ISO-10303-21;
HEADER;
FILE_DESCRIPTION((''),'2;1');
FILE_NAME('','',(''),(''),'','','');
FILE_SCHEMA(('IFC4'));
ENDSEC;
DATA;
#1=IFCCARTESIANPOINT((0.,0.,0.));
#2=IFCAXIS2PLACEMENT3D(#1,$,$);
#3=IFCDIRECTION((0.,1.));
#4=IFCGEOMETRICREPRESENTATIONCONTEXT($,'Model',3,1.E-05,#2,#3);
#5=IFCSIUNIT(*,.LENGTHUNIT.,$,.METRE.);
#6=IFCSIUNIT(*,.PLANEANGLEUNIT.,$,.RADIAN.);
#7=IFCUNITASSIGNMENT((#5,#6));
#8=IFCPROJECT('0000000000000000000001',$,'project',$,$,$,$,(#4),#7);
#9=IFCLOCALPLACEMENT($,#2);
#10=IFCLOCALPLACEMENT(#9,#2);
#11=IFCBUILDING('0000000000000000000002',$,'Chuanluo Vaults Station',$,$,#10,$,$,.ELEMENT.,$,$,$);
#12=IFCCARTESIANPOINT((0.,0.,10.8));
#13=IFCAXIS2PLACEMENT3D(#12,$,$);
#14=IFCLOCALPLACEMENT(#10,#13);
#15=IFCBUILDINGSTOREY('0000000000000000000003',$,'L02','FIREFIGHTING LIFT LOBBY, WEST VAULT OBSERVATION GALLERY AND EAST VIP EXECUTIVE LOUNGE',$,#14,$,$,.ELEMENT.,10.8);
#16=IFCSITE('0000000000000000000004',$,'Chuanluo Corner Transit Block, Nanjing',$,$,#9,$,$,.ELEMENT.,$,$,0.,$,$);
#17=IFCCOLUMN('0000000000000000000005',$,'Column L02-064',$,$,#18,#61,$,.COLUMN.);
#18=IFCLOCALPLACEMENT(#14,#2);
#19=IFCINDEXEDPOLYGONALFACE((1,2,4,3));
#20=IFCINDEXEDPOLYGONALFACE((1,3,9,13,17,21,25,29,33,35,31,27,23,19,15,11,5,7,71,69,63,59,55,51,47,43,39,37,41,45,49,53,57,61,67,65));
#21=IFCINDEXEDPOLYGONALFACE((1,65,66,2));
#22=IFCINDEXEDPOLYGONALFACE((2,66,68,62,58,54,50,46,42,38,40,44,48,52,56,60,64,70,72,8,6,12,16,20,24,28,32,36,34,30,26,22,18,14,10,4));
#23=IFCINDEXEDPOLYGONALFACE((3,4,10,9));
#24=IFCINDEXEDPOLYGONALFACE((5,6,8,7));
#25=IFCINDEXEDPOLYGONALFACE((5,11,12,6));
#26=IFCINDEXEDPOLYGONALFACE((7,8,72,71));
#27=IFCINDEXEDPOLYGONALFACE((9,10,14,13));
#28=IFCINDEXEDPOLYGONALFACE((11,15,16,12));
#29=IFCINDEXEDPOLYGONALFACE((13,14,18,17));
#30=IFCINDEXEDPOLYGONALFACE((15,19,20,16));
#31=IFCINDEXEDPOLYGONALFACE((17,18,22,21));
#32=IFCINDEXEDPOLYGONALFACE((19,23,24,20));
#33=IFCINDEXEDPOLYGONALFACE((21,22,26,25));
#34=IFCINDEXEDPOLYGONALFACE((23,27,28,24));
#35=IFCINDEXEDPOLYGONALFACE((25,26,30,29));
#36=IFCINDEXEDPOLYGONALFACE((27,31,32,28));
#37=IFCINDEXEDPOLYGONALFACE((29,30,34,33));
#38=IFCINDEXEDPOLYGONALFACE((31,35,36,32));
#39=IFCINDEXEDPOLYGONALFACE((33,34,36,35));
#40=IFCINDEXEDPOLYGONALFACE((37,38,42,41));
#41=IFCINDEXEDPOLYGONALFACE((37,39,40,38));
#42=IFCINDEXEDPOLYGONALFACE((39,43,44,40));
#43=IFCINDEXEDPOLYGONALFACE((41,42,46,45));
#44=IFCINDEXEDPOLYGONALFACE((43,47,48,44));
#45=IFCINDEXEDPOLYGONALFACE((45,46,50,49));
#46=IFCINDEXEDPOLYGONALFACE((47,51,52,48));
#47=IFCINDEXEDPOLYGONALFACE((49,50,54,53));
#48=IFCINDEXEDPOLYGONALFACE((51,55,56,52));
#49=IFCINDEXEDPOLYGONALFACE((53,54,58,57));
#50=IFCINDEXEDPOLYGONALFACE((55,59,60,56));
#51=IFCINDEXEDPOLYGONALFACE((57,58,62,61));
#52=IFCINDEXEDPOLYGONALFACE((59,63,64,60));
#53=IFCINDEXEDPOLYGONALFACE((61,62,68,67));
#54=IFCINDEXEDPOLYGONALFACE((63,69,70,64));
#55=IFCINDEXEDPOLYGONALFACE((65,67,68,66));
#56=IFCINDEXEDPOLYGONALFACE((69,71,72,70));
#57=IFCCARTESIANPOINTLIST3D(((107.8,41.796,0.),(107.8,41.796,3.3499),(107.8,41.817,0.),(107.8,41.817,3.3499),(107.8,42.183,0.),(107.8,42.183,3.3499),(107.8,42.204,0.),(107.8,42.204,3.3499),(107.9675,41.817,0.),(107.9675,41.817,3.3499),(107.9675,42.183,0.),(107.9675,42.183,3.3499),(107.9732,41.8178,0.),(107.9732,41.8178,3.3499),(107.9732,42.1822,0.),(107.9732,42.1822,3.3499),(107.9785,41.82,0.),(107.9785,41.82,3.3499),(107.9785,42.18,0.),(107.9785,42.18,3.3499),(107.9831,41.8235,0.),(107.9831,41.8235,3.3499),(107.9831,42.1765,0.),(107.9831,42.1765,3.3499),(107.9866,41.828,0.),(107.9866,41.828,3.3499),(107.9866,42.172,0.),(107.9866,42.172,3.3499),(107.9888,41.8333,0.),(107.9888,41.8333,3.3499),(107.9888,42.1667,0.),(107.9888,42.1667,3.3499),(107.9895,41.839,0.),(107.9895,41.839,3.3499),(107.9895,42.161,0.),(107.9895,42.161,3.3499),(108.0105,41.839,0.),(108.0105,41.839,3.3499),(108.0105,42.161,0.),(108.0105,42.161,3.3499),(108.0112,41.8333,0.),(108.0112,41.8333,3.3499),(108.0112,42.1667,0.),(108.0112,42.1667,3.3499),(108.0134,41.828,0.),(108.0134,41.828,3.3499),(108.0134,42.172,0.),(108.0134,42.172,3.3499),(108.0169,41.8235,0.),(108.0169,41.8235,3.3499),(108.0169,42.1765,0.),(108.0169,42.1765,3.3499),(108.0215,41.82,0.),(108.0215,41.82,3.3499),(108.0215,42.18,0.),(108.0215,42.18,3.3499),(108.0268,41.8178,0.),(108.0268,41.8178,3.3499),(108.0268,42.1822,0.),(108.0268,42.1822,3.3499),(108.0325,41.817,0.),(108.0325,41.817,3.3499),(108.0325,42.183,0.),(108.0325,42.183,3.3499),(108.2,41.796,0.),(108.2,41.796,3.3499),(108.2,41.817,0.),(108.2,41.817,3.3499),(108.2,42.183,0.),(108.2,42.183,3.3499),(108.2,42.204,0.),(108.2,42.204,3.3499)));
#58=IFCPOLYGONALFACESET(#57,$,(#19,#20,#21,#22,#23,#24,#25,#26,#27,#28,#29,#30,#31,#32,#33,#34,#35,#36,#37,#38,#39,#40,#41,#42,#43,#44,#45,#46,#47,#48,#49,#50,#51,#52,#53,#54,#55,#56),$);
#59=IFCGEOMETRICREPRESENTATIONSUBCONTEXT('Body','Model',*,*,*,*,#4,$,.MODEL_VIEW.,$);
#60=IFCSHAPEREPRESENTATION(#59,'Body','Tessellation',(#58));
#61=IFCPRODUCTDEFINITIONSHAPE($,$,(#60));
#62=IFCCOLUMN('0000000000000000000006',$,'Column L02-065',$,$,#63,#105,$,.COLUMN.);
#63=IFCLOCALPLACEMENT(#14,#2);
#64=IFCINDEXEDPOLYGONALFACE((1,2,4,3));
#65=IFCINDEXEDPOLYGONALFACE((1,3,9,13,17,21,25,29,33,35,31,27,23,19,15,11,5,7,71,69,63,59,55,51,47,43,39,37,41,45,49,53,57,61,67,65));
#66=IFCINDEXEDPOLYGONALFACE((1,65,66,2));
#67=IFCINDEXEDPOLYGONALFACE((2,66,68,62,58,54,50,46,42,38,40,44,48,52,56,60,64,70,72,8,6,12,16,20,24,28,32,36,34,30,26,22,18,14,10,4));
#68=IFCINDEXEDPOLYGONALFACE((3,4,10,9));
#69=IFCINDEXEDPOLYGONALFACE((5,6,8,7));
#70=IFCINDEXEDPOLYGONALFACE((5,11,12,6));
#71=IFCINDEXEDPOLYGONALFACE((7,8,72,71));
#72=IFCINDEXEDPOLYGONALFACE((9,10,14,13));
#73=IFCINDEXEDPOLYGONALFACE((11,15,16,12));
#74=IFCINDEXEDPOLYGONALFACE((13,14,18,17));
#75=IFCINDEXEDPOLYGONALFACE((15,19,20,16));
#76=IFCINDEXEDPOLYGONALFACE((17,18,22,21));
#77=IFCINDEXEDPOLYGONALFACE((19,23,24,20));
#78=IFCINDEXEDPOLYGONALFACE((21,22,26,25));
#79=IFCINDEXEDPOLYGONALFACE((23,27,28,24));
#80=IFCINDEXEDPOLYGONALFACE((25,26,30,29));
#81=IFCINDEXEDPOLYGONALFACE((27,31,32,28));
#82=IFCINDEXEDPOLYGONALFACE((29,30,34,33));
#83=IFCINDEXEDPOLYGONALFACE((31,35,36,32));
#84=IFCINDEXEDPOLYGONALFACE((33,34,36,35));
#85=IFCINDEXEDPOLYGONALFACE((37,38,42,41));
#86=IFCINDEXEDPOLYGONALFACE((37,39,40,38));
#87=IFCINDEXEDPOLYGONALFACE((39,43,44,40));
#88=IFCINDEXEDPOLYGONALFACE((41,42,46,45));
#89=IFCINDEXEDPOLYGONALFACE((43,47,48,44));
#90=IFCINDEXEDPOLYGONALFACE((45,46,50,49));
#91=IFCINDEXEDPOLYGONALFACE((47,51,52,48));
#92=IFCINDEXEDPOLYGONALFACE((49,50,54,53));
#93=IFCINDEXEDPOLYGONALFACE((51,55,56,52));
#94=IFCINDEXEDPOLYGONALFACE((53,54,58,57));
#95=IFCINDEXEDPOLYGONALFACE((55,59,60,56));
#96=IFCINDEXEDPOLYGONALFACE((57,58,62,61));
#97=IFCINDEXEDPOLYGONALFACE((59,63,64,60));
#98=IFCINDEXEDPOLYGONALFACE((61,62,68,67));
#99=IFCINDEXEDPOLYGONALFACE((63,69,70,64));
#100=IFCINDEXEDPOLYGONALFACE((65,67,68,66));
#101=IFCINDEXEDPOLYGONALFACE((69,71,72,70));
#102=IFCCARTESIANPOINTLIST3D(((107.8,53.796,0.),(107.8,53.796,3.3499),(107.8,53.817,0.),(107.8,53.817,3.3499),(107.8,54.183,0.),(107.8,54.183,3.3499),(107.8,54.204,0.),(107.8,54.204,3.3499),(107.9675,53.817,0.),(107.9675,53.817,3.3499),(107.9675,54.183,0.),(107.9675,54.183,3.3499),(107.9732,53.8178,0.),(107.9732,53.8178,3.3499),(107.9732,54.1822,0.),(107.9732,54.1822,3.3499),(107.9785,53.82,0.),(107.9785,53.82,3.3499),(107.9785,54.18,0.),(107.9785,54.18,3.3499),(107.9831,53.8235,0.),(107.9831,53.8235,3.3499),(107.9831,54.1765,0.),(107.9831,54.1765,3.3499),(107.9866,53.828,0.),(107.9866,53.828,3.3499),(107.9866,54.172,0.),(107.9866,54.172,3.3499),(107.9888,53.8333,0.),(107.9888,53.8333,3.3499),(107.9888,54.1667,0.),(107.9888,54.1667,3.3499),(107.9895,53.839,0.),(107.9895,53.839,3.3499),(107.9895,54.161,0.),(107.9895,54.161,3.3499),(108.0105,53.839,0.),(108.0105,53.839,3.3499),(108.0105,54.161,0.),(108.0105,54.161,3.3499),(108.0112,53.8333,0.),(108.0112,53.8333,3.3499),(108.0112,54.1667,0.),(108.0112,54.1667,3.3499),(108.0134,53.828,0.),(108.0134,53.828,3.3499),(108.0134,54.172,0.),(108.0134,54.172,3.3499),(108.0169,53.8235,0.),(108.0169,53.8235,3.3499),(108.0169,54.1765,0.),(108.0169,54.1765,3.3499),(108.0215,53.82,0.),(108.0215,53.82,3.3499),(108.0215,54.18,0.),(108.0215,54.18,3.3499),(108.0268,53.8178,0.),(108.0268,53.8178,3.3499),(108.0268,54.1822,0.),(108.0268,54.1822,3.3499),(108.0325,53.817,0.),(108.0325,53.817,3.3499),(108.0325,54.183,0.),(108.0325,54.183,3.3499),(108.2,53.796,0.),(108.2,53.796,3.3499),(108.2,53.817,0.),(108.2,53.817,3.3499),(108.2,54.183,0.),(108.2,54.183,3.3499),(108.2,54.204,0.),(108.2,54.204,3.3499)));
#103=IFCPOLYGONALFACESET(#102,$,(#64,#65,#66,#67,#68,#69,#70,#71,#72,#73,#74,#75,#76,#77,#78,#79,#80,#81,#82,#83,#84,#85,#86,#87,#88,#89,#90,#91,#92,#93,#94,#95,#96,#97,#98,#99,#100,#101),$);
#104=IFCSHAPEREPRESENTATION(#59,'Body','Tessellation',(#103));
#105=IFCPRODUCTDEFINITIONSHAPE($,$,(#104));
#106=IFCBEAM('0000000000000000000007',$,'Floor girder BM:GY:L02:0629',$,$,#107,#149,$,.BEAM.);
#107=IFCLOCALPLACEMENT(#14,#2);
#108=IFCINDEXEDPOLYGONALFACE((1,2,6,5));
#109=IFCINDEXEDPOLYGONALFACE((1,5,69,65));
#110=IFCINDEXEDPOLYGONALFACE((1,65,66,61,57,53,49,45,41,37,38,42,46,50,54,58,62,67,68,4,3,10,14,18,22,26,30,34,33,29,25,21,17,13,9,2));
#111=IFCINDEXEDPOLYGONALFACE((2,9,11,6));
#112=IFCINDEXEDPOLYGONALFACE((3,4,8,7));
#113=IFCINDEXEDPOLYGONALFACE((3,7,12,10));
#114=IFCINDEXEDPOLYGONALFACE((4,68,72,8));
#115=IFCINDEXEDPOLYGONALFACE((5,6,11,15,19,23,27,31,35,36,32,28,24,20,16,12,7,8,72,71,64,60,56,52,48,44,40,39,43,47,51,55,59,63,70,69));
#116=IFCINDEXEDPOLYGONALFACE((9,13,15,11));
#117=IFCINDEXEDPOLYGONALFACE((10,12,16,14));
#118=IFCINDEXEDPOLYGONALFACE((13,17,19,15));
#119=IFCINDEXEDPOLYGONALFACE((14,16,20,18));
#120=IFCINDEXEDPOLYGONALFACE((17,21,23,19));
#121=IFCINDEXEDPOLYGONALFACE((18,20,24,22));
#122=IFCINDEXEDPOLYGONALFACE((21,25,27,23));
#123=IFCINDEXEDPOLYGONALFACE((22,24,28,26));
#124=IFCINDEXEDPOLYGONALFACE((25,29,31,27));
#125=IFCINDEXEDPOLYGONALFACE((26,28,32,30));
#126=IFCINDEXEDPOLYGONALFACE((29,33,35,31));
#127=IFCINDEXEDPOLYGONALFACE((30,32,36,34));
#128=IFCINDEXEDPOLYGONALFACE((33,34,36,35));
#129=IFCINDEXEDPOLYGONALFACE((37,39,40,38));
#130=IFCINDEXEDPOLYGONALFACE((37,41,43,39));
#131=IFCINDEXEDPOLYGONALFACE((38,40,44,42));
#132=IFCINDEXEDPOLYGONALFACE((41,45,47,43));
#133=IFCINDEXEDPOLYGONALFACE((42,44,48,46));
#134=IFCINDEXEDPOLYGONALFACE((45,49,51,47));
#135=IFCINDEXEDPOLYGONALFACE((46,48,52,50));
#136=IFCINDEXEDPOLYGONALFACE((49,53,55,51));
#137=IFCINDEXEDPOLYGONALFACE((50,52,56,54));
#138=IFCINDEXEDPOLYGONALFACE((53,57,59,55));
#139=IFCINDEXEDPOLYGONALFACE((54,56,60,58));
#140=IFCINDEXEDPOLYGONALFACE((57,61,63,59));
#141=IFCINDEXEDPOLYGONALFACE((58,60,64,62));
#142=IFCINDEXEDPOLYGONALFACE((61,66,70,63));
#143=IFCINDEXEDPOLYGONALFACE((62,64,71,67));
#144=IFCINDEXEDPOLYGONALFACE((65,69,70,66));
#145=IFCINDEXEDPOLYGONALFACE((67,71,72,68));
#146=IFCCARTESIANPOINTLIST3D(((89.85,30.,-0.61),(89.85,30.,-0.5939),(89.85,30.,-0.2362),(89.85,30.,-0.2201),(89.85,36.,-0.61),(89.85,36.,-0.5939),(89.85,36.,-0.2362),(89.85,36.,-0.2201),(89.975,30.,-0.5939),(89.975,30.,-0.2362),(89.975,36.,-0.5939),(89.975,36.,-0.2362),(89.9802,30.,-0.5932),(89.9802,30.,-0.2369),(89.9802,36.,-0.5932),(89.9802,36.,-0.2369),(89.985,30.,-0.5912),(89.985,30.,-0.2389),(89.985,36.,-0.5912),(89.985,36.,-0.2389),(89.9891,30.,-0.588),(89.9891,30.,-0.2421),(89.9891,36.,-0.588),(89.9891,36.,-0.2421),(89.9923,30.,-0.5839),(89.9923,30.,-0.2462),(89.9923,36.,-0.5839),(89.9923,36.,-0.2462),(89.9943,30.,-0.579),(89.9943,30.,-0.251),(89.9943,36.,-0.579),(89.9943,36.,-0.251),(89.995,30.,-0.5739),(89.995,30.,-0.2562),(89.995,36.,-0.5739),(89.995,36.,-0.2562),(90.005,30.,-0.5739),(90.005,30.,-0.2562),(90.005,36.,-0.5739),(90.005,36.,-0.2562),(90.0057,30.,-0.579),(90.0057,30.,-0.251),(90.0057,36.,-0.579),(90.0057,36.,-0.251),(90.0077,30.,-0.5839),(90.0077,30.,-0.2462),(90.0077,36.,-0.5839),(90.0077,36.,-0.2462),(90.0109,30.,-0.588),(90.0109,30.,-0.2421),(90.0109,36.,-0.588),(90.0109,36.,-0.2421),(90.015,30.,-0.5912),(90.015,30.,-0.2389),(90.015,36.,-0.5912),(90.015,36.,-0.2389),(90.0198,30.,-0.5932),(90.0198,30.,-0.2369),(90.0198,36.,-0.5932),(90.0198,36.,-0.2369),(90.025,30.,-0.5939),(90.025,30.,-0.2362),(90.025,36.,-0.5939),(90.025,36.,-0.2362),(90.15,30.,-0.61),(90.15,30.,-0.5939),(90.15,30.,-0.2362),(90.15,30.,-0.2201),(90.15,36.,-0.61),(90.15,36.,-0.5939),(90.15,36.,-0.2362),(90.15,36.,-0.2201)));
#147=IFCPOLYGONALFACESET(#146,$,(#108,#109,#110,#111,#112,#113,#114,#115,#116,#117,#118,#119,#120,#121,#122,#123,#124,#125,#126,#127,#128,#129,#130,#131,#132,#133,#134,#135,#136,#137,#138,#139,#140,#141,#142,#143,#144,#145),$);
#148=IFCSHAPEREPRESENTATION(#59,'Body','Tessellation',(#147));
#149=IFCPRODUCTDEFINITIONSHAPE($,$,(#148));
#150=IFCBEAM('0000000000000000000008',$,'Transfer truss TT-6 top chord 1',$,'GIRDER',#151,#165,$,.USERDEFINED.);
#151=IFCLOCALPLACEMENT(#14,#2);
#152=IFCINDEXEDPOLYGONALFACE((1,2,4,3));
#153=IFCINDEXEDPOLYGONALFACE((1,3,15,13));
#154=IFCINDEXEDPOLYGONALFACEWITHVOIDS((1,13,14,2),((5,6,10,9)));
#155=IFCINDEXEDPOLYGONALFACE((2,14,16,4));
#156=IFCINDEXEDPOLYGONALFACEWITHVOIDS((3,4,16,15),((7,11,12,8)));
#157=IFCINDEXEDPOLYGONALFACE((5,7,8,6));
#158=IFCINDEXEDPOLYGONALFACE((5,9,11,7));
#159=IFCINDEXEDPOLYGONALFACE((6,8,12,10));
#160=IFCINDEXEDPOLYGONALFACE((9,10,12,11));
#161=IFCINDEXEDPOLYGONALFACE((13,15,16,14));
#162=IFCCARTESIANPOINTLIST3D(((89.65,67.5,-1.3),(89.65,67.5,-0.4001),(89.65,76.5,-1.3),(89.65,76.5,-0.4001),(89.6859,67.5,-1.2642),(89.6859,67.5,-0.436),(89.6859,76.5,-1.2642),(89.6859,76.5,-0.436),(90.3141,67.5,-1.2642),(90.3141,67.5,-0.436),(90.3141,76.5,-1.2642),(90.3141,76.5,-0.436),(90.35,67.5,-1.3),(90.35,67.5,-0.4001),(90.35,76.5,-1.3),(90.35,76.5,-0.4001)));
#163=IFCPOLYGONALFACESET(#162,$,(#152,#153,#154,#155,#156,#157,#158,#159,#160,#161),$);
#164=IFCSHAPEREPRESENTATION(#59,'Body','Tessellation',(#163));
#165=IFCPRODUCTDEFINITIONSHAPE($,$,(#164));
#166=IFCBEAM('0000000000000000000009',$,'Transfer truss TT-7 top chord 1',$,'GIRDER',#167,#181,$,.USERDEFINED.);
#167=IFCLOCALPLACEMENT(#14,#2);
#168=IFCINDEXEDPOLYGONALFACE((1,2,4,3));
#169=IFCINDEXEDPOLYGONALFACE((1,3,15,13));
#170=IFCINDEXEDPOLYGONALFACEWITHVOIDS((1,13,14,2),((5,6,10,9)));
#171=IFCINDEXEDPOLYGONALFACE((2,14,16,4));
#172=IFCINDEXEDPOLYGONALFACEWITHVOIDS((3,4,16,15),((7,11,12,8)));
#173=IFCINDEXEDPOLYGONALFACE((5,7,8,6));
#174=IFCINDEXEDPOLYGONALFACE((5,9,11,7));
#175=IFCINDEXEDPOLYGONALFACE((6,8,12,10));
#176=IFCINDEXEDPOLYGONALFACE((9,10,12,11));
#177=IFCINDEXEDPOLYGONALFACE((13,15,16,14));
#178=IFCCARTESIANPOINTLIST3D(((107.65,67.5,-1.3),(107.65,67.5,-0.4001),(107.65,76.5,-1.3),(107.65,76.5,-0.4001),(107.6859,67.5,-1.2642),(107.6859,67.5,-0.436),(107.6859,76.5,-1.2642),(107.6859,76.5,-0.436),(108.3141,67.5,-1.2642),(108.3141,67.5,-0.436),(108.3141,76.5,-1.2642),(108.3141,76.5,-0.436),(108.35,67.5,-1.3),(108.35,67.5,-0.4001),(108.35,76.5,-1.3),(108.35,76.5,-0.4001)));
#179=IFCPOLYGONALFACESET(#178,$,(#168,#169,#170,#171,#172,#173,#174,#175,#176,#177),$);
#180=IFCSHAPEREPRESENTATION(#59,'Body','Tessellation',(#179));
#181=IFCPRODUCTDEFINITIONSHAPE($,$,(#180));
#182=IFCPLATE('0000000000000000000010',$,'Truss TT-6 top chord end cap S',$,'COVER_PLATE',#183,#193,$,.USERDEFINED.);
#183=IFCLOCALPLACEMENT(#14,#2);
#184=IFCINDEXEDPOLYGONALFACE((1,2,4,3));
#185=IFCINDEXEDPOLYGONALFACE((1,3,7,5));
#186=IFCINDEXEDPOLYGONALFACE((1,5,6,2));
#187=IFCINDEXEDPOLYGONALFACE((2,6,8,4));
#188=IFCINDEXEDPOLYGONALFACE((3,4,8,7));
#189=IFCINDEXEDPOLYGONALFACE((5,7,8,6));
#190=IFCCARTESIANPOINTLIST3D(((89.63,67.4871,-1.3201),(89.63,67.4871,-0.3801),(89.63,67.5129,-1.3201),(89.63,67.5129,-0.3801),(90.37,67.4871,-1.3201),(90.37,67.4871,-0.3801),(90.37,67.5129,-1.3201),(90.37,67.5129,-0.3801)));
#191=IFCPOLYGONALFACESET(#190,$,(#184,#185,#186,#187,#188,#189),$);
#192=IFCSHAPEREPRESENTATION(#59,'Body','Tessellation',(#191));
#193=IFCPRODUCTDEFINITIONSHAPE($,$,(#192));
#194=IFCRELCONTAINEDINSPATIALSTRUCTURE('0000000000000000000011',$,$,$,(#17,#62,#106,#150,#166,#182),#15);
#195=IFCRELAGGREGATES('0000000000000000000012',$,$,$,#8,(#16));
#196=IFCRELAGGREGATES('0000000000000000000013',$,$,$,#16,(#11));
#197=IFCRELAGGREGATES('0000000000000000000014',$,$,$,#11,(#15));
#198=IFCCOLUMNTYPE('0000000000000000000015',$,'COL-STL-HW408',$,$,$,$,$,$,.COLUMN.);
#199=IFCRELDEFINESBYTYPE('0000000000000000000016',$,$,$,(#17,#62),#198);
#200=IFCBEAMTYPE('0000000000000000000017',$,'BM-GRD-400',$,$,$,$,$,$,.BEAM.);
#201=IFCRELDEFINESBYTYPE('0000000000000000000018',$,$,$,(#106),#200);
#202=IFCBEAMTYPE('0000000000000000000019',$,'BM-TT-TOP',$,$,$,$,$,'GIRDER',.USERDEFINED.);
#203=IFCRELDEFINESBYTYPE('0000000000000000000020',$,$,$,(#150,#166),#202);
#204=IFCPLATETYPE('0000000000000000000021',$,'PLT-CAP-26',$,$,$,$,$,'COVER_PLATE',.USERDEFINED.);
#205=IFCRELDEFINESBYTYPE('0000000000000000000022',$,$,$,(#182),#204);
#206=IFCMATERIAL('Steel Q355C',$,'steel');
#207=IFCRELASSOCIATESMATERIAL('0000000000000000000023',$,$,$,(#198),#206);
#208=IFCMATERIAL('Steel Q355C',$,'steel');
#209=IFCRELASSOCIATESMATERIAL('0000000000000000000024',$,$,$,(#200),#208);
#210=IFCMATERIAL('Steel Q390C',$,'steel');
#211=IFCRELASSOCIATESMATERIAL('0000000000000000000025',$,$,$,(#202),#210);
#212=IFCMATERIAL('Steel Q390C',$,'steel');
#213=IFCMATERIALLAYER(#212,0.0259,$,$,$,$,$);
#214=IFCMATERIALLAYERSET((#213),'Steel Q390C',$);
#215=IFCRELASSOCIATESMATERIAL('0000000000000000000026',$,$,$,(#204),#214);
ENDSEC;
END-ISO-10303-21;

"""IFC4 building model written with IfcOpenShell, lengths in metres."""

from ifc_helpers import new_model, si_unit, direction, frame, origin, origin_2d, place, context, subcontext, project, spatial, rectangle, hollow_rectangle, i_section, extrude, material, layer, layer_set, material_profile, profile_set, type_object, element, save


model = new_model("IFC4")

# Units and contexts
model_context = context("Model", 3, precision=1e-05, world=origin(), true_north=direction((0.0, 1.0)))
body_context = subcontext(model_context, "Body", "Model", "MODEL_VIEW")
ifc_project = project(units=[si_unit("LENGTHUNIT", "METRE"), si_unit("PLANEANGLEUNIT", "RADIAN")], contexts=[model_context])

# Site, building, storey
site_placement = place(None, origin())
site = spatial("IfcSite", under=ifc_project, at=site_placement, Name="Chuanluo Corner Transit Block, Nanjing", CompositionType="ELEMENT", RefElevation=0.0)
building_placement = place(site_placement, origin())
building = spatial("IfcBuilding", under=site, at=building_placement, Name="Chuanluo Vaults Station", CompositionType="ELEMENT")
storey_placement = place(building_placement, frame((0.0, 0.0, 10.8)))
storey = spatial("IfcBuildingStorey", under=building, at=storey_placement, Name="L02", Description="FIREFIGHTING LIFT LOBBY, WEST VAULT OBSERVATION GALLERY AND EAST VIP EXECUTIVE LOUNGE", CompositionType="ELEMENT", Elevation=10.8)

# Columns
ifc_material_1 = material(Name="Steel Q355C", Category="steel")
ifc_material_profile_1 = material_profile(ifc_material_1, i_section(OverallWidth=0.3999, OverallDepth=0.408, WebThickness=0.021, FlangeThickness=0.021, FilletRadius=0.022, at=origin_2d()))
ifc_profile_set_1 = profile_set([ifc_material_profile_1], Name="Steel Q355C")
column_type_1 = type_object("IfcColumnType", Name="COL-STL-HW408", PredefinedType="COLUMN", material=ifc_profile_set_1)
for number, where, z_axis, x_axis, name in (
    (1, (108.0, 42.0, 0.0), (0.0, 0.0, 1.0), (1.0, 0.0, 0.0), "Column L02-064"),
    (2, (108.0, 54.0, 0.0), (0.0, 0.0, 1.0), (1.0, 0.0, 0.0), "Column L02-065"),
):
    element("IfcColumn", number, at=place(storey_placement, frame(where, z_axis=z_axis, x_axis=x_axis)), inside=storey, type_object=column_type_1, Name=name, PredefinedType="COLUMN", context=body_context, shape_type="SweptSolid", body=[
        extrude(i_section(OverallWidth=0.3999, OverallDepth=0.408, WebThickness=0.021, FlangeThickness=0.021, FilletRadius=0.022, at=origin_2d()), origin(), (0.0, 0.0, 1.0), 3.3499),
    ])

# Beams
ifc_material_2 = material(Name="Steel Q355C", Category="steel")
ifc_material_profile_2 = material_profile(ifc_material_2, i_section(OverallWidth=0.3, OverallDepth=0.3899, WebThickness=0.01, FlangeThickness=0.0161, FilletRadius=0.02, at=origin_2d()))
ifc_profile_set_2 = profile_set([ifc_material_profile_2], Name="Steel Q355C")
beam_type_1 = type_object("IfcBeamType", Name="BM-GRD-400", PredefinedType="BEAM", material=ifc_profile_set_2)
beam_placement = place(storey_placement, frame((90.0, 30.0, -0.415), z_axis=(0.0, 1.0, 0.0), x_axis=(-1.0, 0.0, 0.0)))
element("IfcBeam", 3, at=beam_placement, inside=storey, type_object=beam_type_1, Name="Floor girder BM:GY:L02:0629", PredefinedType="BEAM", context=body_context, shape_type="SweptSolid", body=[
    extrude(i_section(OverallWidth=0.3, OverallDepth=0.3899, WebThickness=0.01, FlangeThickness=0.0161, FilletRadius=0.02, at=origin_2d()), origin(), (0.0, 0.0, 1.0), 6.0),
])
ifc_material_3 = material(Name="Steel Q390C", Category="steel")
ifc_material_profile_3 = material_profile(ifc_material_3, hollow_rectangle(XDim=0.7, YDim=0.8999, WallThickness=0.0359, at=origin_2d()))
ifc_profile_set_3 = profile_set([ifc_material_profile_3], Name="Steel Q390C")
beam_type_2 = type_object("IfcBeamType", Name="BM-TT-TOP", ElementType="GIRDER", PredefinedType="USERDEFINED", material=ifc_profile_set_3)
for number, where, z_axis, x_axis, name in (
    (4, (90.0, 67.5, -0.8501), (0.0, 1.0, 0.0), (-1.0, 0.0, 0.0), "Transfer truss TT-6 top chord 1"),
    (5, (108.0, 67.5, -0.8501), (0.0, 1.0, 0.0), (-1.0, 0.0, 0.0), "Transfer truss TT-7 top chord 1"),
):
    element("IfcBeam", number, at=place(storey_placement, frame(where, z_axis=z_axis, x_axis=x_axis)), inside=storey, type_object=beam_type_2, Name=name, ObjectType="GIRDER", PredefinedType="USERDEFINED", context=body_context, shape_type="SweptSolid", body=[
        extrude(hollow_rectangle(XDim=0.7, YDim=0.8999, WallThickness=0.0359, at=origin_2d()), origin(), (0.0, 0.0, 1.0), 9.0),
    ])

# Plate
ifc_material_4 = material(Name="Steel Q390C", Category="steel")
ifc_layer_1 = layer(ifc_material_4, 0.0259)
ifc_layer_set_1 = layer_set([ifc_layer_1], Name="Steel Q390C")
plate_type_1 = type_object("IfcPlateType", Name="PLT-CAP-26", ElementType="COVER_PLATE", PredefinedType="USERDEFINED", material=ifc_layer_set_1)
for number, where, z_axis, x_axis, name in (
    (6, (90.0, 67.5, -1.3201), (0.0, 0.0, 1.0), (1.0, 0.0, 0.0), "Truss TT-6 top chord end cap S"),
):
    element("IfcPlate", number, at=place(storey_placement, frame(where, z_axis=z_axis, x_axis=x_axis)), inside=storey, type_object=plate_type_1, Name=name, ObjectType="COVER_PLATE", PredefinedType="USERDEFINED", context=body_context, shape_type="SweptSolid", body=[
        extrude(rectangle(XDim=0.74, YDim=0.0259, at=origin_2d()), origin(), (0.0, 0.0, 1.0), 0.9399),
    ])

save(model, "model.ifc")
